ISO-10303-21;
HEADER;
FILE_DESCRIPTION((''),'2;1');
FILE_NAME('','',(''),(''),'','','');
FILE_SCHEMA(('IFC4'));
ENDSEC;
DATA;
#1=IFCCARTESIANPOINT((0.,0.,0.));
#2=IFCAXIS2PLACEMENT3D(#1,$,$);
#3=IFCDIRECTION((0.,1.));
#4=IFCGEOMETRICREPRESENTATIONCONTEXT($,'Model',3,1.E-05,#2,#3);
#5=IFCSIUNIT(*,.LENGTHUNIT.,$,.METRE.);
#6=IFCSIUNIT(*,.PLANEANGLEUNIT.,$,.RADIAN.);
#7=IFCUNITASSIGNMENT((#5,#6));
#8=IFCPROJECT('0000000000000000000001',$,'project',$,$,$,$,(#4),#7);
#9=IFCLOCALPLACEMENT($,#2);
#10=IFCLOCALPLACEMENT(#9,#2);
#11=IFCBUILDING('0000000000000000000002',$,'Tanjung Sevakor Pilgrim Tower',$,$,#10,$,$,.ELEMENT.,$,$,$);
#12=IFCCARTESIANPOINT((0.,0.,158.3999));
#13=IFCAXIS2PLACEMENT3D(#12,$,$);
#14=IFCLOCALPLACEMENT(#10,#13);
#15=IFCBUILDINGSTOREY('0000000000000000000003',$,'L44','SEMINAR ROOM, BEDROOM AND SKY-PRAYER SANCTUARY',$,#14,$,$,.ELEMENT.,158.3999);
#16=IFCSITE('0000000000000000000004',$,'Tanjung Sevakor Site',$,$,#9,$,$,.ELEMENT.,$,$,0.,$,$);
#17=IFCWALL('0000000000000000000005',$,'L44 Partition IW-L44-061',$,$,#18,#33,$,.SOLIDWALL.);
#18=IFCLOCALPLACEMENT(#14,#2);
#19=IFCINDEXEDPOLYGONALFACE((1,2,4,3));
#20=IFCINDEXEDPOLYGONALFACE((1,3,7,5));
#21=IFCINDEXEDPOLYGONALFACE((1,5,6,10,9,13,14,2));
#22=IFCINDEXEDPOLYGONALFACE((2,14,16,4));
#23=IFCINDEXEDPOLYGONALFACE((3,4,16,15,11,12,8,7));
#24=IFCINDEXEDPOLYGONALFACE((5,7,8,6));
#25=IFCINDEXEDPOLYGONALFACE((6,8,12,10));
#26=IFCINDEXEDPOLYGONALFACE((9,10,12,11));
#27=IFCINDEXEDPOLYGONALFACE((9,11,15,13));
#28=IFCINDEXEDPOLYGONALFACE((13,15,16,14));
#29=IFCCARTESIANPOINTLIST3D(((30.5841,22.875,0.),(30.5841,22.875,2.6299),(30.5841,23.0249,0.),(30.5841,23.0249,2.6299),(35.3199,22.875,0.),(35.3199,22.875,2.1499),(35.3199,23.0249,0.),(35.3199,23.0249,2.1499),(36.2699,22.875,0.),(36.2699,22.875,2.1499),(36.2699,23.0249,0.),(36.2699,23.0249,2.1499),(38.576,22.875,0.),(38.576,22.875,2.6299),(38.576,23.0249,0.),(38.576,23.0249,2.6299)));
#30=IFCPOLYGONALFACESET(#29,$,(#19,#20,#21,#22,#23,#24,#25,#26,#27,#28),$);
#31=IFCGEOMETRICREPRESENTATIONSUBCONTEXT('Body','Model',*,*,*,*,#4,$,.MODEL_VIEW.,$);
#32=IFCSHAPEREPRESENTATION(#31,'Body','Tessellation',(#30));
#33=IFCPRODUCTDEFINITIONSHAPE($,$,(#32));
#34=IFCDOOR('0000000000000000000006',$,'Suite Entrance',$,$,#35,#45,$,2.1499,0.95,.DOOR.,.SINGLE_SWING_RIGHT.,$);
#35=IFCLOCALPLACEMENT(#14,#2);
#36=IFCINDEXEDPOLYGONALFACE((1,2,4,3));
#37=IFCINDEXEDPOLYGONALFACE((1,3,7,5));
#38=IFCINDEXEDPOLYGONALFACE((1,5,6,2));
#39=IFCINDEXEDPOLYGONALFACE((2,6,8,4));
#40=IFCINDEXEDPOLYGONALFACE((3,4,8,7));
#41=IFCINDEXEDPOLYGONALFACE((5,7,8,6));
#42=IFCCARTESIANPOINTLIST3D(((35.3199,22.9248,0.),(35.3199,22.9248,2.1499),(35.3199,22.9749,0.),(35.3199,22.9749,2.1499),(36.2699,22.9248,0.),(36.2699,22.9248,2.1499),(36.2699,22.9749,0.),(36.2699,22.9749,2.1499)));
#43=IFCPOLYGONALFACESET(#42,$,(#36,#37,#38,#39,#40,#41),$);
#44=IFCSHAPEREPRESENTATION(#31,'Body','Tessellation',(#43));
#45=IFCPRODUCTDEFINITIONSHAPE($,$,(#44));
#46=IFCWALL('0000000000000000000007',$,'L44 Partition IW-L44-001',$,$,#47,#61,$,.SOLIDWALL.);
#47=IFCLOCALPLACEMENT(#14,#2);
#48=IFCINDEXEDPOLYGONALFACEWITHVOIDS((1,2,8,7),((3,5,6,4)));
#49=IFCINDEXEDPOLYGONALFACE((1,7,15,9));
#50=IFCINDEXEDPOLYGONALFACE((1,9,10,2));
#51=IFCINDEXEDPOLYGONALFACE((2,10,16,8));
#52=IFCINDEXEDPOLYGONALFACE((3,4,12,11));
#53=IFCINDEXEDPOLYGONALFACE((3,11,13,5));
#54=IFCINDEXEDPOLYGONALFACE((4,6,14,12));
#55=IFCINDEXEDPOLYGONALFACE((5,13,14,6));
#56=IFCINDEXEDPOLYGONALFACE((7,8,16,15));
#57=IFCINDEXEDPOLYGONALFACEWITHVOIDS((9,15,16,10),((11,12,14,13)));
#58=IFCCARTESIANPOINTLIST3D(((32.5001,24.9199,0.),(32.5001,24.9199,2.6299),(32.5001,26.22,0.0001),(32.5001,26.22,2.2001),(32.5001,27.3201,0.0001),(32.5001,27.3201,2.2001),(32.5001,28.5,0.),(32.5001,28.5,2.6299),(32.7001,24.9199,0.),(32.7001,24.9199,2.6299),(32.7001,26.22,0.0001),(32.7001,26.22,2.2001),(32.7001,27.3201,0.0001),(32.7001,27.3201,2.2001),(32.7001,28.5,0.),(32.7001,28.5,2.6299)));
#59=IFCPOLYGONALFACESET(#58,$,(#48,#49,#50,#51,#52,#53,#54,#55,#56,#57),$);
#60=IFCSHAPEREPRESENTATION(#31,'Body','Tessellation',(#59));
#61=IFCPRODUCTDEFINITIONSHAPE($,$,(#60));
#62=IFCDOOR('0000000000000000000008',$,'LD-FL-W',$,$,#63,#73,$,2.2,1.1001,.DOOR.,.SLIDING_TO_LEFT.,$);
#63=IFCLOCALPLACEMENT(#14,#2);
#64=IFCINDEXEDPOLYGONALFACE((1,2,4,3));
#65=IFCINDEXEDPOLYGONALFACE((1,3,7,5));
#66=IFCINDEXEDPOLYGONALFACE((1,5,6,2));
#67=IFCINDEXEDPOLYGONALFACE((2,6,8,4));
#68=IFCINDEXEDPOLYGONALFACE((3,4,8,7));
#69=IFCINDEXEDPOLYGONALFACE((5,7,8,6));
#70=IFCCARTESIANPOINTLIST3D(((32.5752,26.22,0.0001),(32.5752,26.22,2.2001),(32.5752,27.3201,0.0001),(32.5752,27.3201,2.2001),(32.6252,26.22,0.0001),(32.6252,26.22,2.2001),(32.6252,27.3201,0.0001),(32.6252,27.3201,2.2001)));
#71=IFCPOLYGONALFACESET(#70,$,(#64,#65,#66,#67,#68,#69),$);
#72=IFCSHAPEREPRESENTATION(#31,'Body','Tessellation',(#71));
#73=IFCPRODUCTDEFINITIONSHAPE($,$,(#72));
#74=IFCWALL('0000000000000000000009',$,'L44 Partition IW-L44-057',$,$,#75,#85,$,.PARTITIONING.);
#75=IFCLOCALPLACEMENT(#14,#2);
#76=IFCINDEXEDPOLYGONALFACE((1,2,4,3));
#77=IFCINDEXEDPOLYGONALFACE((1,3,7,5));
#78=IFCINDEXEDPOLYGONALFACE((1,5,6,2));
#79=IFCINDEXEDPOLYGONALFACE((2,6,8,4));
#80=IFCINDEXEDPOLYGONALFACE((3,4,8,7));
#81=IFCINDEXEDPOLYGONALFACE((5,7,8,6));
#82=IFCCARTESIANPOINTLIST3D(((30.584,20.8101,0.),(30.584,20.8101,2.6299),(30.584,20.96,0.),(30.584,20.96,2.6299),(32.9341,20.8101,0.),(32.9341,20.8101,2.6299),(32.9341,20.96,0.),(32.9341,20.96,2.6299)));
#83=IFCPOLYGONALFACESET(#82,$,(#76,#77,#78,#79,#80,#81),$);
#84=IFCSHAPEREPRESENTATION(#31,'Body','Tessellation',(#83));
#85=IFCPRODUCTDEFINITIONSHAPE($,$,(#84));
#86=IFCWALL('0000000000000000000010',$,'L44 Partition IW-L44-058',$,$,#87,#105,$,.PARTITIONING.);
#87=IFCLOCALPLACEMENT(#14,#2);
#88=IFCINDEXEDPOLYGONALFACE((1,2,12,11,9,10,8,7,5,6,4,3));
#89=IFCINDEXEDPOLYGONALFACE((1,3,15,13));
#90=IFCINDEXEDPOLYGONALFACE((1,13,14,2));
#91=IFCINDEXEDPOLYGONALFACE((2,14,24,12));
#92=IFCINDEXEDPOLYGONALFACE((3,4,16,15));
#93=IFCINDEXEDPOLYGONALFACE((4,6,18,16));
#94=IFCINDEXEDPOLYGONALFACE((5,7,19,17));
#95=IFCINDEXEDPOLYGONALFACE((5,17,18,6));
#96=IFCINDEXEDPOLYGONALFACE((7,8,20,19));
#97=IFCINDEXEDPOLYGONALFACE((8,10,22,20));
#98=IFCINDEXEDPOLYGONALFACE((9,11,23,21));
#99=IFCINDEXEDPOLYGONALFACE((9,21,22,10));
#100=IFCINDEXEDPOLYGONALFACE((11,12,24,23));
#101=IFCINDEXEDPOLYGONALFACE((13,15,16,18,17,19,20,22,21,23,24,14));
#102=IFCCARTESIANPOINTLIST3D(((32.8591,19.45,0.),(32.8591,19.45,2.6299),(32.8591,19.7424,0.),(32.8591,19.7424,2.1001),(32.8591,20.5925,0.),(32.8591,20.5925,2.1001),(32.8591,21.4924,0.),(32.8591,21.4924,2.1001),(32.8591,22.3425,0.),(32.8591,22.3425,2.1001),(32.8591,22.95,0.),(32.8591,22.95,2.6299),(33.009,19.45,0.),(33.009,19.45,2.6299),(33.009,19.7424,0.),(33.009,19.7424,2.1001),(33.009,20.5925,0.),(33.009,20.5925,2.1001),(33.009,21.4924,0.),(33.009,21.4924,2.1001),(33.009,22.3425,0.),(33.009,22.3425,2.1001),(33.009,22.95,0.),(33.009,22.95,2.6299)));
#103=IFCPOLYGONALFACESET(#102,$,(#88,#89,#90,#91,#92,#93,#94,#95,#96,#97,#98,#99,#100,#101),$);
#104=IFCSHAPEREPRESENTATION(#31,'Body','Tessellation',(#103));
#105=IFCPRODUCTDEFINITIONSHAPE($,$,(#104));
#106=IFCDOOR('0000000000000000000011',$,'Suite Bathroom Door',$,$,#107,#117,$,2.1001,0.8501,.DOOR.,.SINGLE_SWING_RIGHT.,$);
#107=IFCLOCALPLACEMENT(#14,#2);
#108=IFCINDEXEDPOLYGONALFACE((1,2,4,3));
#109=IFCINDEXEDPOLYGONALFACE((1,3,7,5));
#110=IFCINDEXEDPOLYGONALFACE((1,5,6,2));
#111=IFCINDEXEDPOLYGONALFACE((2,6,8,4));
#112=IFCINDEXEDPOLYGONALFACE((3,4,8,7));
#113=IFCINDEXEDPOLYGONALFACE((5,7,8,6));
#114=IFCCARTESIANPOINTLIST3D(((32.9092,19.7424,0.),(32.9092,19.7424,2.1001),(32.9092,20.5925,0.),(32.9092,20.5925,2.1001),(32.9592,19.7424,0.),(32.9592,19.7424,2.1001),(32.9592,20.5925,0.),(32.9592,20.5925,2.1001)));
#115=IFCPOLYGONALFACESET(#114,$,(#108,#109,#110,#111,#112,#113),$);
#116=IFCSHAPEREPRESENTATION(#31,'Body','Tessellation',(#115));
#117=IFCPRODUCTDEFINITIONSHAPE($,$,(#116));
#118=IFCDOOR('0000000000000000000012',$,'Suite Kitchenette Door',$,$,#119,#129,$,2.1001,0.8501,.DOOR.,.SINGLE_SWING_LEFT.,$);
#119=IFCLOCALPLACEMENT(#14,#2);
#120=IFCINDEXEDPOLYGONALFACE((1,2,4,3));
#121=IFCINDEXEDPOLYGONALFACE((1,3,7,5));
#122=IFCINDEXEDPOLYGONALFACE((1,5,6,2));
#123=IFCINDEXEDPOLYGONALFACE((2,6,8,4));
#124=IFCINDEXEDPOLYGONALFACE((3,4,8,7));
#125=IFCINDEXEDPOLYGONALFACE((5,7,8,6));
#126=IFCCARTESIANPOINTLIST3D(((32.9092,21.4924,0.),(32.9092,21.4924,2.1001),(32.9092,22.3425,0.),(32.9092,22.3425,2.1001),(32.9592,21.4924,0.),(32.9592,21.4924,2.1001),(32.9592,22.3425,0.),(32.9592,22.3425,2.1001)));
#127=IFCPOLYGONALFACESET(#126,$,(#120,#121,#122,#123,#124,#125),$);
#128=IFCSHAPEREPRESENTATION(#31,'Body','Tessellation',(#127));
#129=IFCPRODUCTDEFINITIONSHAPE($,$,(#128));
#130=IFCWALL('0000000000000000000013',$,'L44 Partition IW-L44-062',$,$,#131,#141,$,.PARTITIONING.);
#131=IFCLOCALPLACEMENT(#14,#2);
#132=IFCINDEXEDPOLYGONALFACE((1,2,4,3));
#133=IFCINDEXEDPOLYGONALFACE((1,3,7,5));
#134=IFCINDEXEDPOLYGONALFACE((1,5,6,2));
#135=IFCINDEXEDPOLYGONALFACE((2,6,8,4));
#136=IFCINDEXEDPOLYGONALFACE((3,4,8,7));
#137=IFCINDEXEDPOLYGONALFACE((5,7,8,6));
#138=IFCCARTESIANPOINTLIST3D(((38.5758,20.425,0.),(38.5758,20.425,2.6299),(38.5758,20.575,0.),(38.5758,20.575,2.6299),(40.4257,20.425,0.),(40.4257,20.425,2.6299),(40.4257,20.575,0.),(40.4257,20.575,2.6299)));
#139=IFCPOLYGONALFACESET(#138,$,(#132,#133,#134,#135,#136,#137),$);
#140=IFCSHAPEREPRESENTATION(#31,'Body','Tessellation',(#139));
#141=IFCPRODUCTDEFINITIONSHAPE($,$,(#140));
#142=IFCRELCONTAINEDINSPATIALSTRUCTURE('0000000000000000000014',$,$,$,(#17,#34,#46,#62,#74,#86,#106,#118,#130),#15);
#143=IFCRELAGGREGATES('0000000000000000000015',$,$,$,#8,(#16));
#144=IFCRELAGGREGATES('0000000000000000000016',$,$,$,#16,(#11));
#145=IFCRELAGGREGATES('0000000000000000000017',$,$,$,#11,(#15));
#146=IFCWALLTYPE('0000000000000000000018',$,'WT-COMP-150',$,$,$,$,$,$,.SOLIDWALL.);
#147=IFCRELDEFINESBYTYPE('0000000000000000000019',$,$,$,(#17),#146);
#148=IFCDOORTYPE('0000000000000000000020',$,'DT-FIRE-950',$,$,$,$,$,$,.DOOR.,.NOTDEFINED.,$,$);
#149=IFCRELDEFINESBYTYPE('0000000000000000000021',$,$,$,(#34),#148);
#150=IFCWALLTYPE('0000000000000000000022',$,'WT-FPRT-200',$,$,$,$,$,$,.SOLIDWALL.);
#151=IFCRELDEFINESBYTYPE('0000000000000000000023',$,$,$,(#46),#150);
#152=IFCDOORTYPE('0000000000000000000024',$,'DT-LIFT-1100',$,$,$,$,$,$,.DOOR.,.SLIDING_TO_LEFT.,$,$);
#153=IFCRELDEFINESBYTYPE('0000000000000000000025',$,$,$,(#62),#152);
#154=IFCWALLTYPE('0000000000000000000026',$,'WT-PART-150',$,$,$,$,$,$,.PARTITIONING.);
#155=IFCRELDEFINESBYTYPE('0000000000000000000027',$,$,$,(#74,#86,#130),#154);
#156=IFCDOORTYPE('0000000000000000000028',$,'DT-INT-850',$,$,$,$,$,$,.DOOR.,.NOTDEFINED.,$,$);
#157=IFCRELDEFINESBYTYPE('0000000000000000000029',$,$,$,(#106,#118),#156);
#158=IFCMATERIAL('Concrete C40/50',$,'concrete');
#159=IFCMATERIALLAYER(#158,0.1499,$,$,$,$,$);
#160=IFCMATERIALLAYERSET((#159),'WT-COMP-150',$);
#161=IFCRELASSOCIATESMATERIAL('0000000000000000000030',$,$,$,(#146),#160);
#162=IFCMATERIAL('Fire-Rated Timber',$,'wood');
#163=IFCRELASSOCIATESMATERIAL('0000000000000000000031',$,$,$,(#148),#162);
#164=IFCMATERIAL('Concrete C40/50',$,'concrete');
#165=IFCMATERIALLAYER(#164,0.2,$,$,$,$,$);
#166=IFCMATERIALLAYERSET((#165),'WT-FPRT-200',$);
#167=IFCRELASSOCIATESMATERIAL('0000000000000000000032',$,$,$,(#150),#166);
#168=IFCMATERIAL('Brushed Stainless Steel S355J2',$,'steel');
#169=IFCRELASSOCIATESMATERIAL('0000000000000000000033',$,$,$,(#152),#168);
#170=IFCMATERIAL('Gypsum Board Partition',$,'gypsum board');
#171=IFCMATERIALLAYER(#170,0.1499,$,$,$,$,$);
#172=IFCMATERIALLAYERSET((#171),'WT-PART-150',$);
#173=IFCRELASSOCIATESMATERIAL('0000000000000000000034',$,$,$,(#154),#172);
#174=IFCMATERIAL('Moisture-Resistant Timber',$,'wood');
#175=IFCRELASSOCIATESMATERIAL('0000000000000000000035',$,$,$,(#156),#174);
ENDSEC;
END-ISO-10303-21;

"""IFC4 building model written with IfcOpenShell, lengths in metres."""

from ifc_helpers import new_model, si_unit, direction, frame, frame_2d, origin, place, context, subcontext, project, spatial, rectangle, extrude, material, layer, layer_set, type_object, element, fill, save


model = new_model("IFC4")

# Units and contexts
model_context = context("Model", 3, precision=1e-05, world=origin(), true_north=direction((0.0, 1.0)))
body_context = subcontext(model_context, "Body", "Model", "MODEL_VIEW")
ifc_project = project(units=[si_unit("LENGTHUNIT", "METRE"), si_unit("PLANEANGLEUNIT", "RADIAN")], contexts=[model_context])

# Site, building, storey
site_placement = place(None, origin())
site = spatial("IfcSite", under=ifc_project, at=site_placement, Name="Tanjung Sevakor Site", CompositionType="ELEMENT", RefElevation=0.0)
building_placement = place(site_placement, origin())
building = spatial("IfcBuilding", under=site, at=building_placement, Name="Tanjung Sevakor Pilgrim Tower", CompositionType="ELEMENT")
storey_placement = place(building_placement, frame((0.0, 0.0, 158.3999)))
storey = spatial("IfcBuildingStorey", under=building, at=storey_placement, Name="L44", Description="SEMINAR ROOM, BEDROOM AND SKY-PRAYER SANCTUARY", CompositionType="ELEMENT", Elevation=158.3999)

# Shared definitions
ifc_material_1 = material(Name="Concrete C40/50", Category="concrete")
ifc_layer_1 = layer(ifc_material_1, 0.1499)
ifc_layer_set_1 = layer_set([ifc_layer_1], Name="WT-COMP-150")
wall_type_1 = type_object("IfcWallType", Name="WT-COMP-150", PredefinedType="SOLIDWALL", material=ifc_layer_set_1)
ifc_material_2 = material(Name="Fire-Rated Timber", Category="wood")
door_type_1 = type_object("IfcDoorType", Name="DT-FIRE-950", OperationType="NOTDEFINED", PredefinedType="DOOR", material=ifc_material_2)

# Walls, openings, doors
wall_1_placement = place(storey_placement, frame((30.584, 22.95, 0.0), z_axis=(0.0, 0.0, 1.0), x_axis=(1.0, 0.0, 0.0)))
wall_1 = element("IfcWall", 1, at=wall_1_placement, inside=storey, type_object=wall_type_1, Name="L44 Partition IW-L44-061", PredefinedType="SOLIDWALL", context=body_context, shape_type="SweptSolid", body=[
    extrude(rectangle(XDim=7.9919, YDim=0.1499, at=frame_2d((3.9961, 0.0))), origin(), (0.0, 0.0, 1.0), 2.6299),
])
opening_1_placement = place(wall_1_placement, frame((4.7358, 0.0, 0.0)))
opening_1 = element("IfcOpeningElement", 2, at=opening_1_placement, cuts=wall_1, PredefinedType="OPENING", context=body_context, shape_type="SweptSolid", body=[
    extrude(rectangle(XDim=0.95, YDim=2.1499, at=frame_2d((0.4751, 1.075))), frame((0.0, 0.085, 0.0), z_axis=(0.0, -1.0, 0.0), x_axis=(1.0, 0.0, 0.0)), (0.0, 0.0, 1.0), 0.1699),
])
door_1_placement = place(opening_1_placement, origin())
door_1 = element("IfcDoor", 3, at=door_1_placement, inside=storey, type_object=door_type_1, Name="Suite Entrance", OperationType="SINGLE_SWING_RIGHT", OverallHeight=2.1499, OverallWidth=0.95, PredefinedType="DOOR", context=body_context, shape_type="SweptSolid", body=[
    extrude(rectangle(XDim=0.95, YDim=2.1499, at=frame_2d((0.4751, 1.075))), frame((0.0, 0.0249, 0.0), z_axis=(0.0, -1.0, 0.0), x_axis=(1.0, 0.0, 0.0)), (0.0, 0.0, 1.0), 0.05),
])
fill(opening_1, door_1)
ifc_material_3 = material(Name="Concrete C40/50", Category="concrete")
ifc_layer_2 = layer(ifc_material_3, 0.2)
ifc_layer_set_2 = layer_set([ifc_layer_2], Name="WT-FPRT-200")
wall_type_2 = type_object("IfcWallType", Name="WT-FPRT-200", PredefinedType="SOLIDWALL", material=ifc_layer_set_2)
wall_2_placement = place(storey_placement, frame((32.6001, 24.9199, 0.0), z_axis=(0.0, 0.0, 1.0), x_axis=(0.0, 1.0, 0.0)))
wall_2 = element("IfcWall", 4, at=wall_2_placement, inside=storey, type_object=wall_type_2, Name="L44 Partition IW-L44-001", PredefinedType="SOLIDWALL", context=body_context, shape_type="SweptSolid", body=[
    extrude(rectangle(XDim=3.5801, YDim=0.2, at=frame_2d((1.79, 0.0))), origin(), (0.0, 0.0, 1.0), 2.6299),
])
opening_2_placement = place(wall_2_placement, frame((1.3, 0.0, 0.0)))
opening_2 = element("IfcOpeningElement", 5, at=opening_2_placement, cuts=wall_2, PredefinedType="OPENING", context=body_context, shape_type="SweptSolid", body=[
    extrude(rectangle(XDim=1.1001, YDim=2.2, at=frame_2d((0.55, 1.1001))), frame((0.0, 0.1099, 0.0), z_axis=(0.0, -1.0, 0.0), x_axis=(1.0, 0.0, 0.0)), (0.0, 0.0, 1.0), 0.22),
])
ifc_material_4 = material(Name="Brushed Stainless Steel S355J2", Category="steel")
door_type_2 = type_object("IfcDoorType", Name="DT-LIFT-1100", OperationType="SLIDING_TO_LEFT", PredefinedType="DOOR", material=ifc_material_4)
door_2_placement = place(opening_2_placement, origin())
door_2 = element("IfcDoor", 6, at=door_2_placement, inside=storey, type_object=door_type_2, Name="LD-FL-W", OperationType="SLIDING_TO_LEFT", OverallHeight=2.2, OverallWidth=1.1001, PredefinedType="DOOR", context=body_context, shape_type="SweptSolid", body=[
    extrude(rectangle(XDim=1.1001, YDim=2.2, at=frame_2d((0.55, 1.1001))), frame((0.0, 0.0249, 0.0), z_axis=(0.0, -1.0, 0.0), x_axis=(1.0, 0.0, 0.0)), (0.0, 0.0, 1.0), 0.05),
])
fill(opening_2, door_2)

# Wall
ifc_material_5 = material(Name="Gypsum Board Partition", Category="gypsum board")
ifc_layer_3 = layer(ifc_material_5, 0.1499)
ifc_layer_set_3 = layer_set([ifc_layer_3], Name="WT-PART-150")
wall_type_3 = type_object("IfcWallType", Name="WT-PART-150", PredefinedType="PARTITIONING", material=ifc_layer_set_3)
wall_3_placement = place(storey_placement, frame((30.584, 20.885, 0.0), z_axis=(0.0, 0.0, 1.0), x_axis=(1.0, 0.0, 0.0)))
element("IfcWall", 7, at=wall_3_placement, inside=storey, type_object=wall_type_3, Name="L44 Partition IW-L44-057", PredefinedType="PARTITIONING", context=body_context, shape_type="SweptSolid", body=[
    extrude(rectangle(XDim=2.3501, YDim=0.1499, at=frame_2d((1.175, 0.0))), origin(), (0.0, 0.0, 1.0), 2.6299),
])

# Wall, openings, doors
wall_4_placement = place(storey_placement, frame((32.9341, 19.45, 0.0), z_axis=(0.0, 0.0, 1.0), x_axis=(0.0, 1.0, 0.0)))
wall_4 = element("IfcWall", 8, at=wall_4_placement, inside=storey, type_object=wall_type_3, Name="L44 Partition IW-L44-058", PredefinedType="PARTITIONING", context=body_context, shape_type="SweptSolid", body=[
    extrude(rectangle(XDim=3.5, YDim=0.1499, at=frame_2d((1.75, 0.0))), origin(), (0.0, 0.0, 1.0), 2.6299),
])
opening_3_placement = place(wall_4_placement, frame((0.2925, 0.0, 0.0)))
opening_3 = element("IfcOpeningElement", 9, at=opening_3_placement, cuts=wall_4, PredefinedType="OPENING", context=body_context, shape_type="SweptSolid", body=[
    extrude(rectangle(XDim=0.8501, YDim=2.1001, at=frame_2d((0.425, 1.05))), frame((0.0, 0.085, 0.0), z_axis=(0.0, -1.0, 0.0), x_axis=(1.0, 0.0, 0.0)), (0.0, 0.0, 1.0), 0.1699),
])
opening_4_placement = place(wall_4_placement, frame((2.0425, 0.0, 0.0)))
opening_4 = element("IfcOpeningElement", 10, at=opening_4_placement, cuts=wall_4, PredefinedType="OPENING", context=body_context, shape_type="SweptSolid", body=[
    extrude(rectangle(XDim=0.8501, YDim=2.1001, at=frame_2d((0.425, 1.05))), frame((0.0, 0.085, 0.0), z_axis=(0.0, -1.0, 0.0), x_axis=(1.0, 0.0, 0.0)), (0.0, 0.0, 1.0), 0.1699),
])
ifc_material_6 = material(Name="Moisture-Resistant Timber", Category="wood")
door_type_3 = type_object("IfcDoorType", Name="DT-INT-850", OperationType="NOTDEFINED", PredefinedType="DOOR", material=ifc_material_6)
door_3_placement = place(opening_3_placement, origin())
door_3 = element("IfcDoor", 11, at=door_3_placement, inside=storey, type_object=door_type_3, Name="Suite Bathroom Door", OperationType="SINGLE_SWING_RIGHT", OverallHeight=2.1001, OverallWidth=0.8501, PredefinedType="DOOR", context=body_context, shape_type="SweptSolid", body=[
    extrude(rectangle(XDim=0.8501, YDim=2.1001, at=frame_2d((0.425, 1.05))), frame((0.0, 0.0249, 0.0), z_axis=(0.0, -1.0, 0.0), x_axis=(1.0, 0.0, 0.0)), (0.0, 0.0, 1.0), 0.05),
])
fill(opening_3, door_3)
door_4_placement = place(opening_4_placement, origin())
door_4 = element("IfcDoor", 12, at=door_4_placement, inside=storey, type_object=door_type_3, Name="Suite Kitchenette Door", OperationType="SINGLE_SWING_LEFT", OverallHeight=2.1001, OverallWidth=0.8501, PredefinedType="DOOR", context=body_context, shape_type="SweptSolid", body=[
    extrude(rectangle(XDim=0.8501, YDim=2.1001, at=frame_2d((0.425, 1.05))), frame((0.0, 0.0249, 0.0), z_axis=(0.0, -1.0, 0.0), x_axis=(1.0, 0.0, 0.0)), (0.0, 0.0, 1.0), 0.05),
])
fill(opening_4, door_4)

# Wall
wall_5_placement = place(storey_placement, frame((38.5759, 20.5, 0.0), z_axis=(0.0, 0.0, 1.0), x_axis=(1.0, 0.0, 0.0)))
element("IfcWall", 13, at=wall_5_placement, inside=storey, type_object=wall_type_3, Name="L44 Partition IW-L44-062", PredefinedType="PARTITIONING", context=body_context, shape_type="SweptSolid", body=[
    extrude(rectangle(XDim=1.8499, YDim=0.1499, at=frame_2d((0.9248, 0.0))), origin(), (0.0, 0.0, 1.0), 2.6299),
])

save(model, "model.ifc")
